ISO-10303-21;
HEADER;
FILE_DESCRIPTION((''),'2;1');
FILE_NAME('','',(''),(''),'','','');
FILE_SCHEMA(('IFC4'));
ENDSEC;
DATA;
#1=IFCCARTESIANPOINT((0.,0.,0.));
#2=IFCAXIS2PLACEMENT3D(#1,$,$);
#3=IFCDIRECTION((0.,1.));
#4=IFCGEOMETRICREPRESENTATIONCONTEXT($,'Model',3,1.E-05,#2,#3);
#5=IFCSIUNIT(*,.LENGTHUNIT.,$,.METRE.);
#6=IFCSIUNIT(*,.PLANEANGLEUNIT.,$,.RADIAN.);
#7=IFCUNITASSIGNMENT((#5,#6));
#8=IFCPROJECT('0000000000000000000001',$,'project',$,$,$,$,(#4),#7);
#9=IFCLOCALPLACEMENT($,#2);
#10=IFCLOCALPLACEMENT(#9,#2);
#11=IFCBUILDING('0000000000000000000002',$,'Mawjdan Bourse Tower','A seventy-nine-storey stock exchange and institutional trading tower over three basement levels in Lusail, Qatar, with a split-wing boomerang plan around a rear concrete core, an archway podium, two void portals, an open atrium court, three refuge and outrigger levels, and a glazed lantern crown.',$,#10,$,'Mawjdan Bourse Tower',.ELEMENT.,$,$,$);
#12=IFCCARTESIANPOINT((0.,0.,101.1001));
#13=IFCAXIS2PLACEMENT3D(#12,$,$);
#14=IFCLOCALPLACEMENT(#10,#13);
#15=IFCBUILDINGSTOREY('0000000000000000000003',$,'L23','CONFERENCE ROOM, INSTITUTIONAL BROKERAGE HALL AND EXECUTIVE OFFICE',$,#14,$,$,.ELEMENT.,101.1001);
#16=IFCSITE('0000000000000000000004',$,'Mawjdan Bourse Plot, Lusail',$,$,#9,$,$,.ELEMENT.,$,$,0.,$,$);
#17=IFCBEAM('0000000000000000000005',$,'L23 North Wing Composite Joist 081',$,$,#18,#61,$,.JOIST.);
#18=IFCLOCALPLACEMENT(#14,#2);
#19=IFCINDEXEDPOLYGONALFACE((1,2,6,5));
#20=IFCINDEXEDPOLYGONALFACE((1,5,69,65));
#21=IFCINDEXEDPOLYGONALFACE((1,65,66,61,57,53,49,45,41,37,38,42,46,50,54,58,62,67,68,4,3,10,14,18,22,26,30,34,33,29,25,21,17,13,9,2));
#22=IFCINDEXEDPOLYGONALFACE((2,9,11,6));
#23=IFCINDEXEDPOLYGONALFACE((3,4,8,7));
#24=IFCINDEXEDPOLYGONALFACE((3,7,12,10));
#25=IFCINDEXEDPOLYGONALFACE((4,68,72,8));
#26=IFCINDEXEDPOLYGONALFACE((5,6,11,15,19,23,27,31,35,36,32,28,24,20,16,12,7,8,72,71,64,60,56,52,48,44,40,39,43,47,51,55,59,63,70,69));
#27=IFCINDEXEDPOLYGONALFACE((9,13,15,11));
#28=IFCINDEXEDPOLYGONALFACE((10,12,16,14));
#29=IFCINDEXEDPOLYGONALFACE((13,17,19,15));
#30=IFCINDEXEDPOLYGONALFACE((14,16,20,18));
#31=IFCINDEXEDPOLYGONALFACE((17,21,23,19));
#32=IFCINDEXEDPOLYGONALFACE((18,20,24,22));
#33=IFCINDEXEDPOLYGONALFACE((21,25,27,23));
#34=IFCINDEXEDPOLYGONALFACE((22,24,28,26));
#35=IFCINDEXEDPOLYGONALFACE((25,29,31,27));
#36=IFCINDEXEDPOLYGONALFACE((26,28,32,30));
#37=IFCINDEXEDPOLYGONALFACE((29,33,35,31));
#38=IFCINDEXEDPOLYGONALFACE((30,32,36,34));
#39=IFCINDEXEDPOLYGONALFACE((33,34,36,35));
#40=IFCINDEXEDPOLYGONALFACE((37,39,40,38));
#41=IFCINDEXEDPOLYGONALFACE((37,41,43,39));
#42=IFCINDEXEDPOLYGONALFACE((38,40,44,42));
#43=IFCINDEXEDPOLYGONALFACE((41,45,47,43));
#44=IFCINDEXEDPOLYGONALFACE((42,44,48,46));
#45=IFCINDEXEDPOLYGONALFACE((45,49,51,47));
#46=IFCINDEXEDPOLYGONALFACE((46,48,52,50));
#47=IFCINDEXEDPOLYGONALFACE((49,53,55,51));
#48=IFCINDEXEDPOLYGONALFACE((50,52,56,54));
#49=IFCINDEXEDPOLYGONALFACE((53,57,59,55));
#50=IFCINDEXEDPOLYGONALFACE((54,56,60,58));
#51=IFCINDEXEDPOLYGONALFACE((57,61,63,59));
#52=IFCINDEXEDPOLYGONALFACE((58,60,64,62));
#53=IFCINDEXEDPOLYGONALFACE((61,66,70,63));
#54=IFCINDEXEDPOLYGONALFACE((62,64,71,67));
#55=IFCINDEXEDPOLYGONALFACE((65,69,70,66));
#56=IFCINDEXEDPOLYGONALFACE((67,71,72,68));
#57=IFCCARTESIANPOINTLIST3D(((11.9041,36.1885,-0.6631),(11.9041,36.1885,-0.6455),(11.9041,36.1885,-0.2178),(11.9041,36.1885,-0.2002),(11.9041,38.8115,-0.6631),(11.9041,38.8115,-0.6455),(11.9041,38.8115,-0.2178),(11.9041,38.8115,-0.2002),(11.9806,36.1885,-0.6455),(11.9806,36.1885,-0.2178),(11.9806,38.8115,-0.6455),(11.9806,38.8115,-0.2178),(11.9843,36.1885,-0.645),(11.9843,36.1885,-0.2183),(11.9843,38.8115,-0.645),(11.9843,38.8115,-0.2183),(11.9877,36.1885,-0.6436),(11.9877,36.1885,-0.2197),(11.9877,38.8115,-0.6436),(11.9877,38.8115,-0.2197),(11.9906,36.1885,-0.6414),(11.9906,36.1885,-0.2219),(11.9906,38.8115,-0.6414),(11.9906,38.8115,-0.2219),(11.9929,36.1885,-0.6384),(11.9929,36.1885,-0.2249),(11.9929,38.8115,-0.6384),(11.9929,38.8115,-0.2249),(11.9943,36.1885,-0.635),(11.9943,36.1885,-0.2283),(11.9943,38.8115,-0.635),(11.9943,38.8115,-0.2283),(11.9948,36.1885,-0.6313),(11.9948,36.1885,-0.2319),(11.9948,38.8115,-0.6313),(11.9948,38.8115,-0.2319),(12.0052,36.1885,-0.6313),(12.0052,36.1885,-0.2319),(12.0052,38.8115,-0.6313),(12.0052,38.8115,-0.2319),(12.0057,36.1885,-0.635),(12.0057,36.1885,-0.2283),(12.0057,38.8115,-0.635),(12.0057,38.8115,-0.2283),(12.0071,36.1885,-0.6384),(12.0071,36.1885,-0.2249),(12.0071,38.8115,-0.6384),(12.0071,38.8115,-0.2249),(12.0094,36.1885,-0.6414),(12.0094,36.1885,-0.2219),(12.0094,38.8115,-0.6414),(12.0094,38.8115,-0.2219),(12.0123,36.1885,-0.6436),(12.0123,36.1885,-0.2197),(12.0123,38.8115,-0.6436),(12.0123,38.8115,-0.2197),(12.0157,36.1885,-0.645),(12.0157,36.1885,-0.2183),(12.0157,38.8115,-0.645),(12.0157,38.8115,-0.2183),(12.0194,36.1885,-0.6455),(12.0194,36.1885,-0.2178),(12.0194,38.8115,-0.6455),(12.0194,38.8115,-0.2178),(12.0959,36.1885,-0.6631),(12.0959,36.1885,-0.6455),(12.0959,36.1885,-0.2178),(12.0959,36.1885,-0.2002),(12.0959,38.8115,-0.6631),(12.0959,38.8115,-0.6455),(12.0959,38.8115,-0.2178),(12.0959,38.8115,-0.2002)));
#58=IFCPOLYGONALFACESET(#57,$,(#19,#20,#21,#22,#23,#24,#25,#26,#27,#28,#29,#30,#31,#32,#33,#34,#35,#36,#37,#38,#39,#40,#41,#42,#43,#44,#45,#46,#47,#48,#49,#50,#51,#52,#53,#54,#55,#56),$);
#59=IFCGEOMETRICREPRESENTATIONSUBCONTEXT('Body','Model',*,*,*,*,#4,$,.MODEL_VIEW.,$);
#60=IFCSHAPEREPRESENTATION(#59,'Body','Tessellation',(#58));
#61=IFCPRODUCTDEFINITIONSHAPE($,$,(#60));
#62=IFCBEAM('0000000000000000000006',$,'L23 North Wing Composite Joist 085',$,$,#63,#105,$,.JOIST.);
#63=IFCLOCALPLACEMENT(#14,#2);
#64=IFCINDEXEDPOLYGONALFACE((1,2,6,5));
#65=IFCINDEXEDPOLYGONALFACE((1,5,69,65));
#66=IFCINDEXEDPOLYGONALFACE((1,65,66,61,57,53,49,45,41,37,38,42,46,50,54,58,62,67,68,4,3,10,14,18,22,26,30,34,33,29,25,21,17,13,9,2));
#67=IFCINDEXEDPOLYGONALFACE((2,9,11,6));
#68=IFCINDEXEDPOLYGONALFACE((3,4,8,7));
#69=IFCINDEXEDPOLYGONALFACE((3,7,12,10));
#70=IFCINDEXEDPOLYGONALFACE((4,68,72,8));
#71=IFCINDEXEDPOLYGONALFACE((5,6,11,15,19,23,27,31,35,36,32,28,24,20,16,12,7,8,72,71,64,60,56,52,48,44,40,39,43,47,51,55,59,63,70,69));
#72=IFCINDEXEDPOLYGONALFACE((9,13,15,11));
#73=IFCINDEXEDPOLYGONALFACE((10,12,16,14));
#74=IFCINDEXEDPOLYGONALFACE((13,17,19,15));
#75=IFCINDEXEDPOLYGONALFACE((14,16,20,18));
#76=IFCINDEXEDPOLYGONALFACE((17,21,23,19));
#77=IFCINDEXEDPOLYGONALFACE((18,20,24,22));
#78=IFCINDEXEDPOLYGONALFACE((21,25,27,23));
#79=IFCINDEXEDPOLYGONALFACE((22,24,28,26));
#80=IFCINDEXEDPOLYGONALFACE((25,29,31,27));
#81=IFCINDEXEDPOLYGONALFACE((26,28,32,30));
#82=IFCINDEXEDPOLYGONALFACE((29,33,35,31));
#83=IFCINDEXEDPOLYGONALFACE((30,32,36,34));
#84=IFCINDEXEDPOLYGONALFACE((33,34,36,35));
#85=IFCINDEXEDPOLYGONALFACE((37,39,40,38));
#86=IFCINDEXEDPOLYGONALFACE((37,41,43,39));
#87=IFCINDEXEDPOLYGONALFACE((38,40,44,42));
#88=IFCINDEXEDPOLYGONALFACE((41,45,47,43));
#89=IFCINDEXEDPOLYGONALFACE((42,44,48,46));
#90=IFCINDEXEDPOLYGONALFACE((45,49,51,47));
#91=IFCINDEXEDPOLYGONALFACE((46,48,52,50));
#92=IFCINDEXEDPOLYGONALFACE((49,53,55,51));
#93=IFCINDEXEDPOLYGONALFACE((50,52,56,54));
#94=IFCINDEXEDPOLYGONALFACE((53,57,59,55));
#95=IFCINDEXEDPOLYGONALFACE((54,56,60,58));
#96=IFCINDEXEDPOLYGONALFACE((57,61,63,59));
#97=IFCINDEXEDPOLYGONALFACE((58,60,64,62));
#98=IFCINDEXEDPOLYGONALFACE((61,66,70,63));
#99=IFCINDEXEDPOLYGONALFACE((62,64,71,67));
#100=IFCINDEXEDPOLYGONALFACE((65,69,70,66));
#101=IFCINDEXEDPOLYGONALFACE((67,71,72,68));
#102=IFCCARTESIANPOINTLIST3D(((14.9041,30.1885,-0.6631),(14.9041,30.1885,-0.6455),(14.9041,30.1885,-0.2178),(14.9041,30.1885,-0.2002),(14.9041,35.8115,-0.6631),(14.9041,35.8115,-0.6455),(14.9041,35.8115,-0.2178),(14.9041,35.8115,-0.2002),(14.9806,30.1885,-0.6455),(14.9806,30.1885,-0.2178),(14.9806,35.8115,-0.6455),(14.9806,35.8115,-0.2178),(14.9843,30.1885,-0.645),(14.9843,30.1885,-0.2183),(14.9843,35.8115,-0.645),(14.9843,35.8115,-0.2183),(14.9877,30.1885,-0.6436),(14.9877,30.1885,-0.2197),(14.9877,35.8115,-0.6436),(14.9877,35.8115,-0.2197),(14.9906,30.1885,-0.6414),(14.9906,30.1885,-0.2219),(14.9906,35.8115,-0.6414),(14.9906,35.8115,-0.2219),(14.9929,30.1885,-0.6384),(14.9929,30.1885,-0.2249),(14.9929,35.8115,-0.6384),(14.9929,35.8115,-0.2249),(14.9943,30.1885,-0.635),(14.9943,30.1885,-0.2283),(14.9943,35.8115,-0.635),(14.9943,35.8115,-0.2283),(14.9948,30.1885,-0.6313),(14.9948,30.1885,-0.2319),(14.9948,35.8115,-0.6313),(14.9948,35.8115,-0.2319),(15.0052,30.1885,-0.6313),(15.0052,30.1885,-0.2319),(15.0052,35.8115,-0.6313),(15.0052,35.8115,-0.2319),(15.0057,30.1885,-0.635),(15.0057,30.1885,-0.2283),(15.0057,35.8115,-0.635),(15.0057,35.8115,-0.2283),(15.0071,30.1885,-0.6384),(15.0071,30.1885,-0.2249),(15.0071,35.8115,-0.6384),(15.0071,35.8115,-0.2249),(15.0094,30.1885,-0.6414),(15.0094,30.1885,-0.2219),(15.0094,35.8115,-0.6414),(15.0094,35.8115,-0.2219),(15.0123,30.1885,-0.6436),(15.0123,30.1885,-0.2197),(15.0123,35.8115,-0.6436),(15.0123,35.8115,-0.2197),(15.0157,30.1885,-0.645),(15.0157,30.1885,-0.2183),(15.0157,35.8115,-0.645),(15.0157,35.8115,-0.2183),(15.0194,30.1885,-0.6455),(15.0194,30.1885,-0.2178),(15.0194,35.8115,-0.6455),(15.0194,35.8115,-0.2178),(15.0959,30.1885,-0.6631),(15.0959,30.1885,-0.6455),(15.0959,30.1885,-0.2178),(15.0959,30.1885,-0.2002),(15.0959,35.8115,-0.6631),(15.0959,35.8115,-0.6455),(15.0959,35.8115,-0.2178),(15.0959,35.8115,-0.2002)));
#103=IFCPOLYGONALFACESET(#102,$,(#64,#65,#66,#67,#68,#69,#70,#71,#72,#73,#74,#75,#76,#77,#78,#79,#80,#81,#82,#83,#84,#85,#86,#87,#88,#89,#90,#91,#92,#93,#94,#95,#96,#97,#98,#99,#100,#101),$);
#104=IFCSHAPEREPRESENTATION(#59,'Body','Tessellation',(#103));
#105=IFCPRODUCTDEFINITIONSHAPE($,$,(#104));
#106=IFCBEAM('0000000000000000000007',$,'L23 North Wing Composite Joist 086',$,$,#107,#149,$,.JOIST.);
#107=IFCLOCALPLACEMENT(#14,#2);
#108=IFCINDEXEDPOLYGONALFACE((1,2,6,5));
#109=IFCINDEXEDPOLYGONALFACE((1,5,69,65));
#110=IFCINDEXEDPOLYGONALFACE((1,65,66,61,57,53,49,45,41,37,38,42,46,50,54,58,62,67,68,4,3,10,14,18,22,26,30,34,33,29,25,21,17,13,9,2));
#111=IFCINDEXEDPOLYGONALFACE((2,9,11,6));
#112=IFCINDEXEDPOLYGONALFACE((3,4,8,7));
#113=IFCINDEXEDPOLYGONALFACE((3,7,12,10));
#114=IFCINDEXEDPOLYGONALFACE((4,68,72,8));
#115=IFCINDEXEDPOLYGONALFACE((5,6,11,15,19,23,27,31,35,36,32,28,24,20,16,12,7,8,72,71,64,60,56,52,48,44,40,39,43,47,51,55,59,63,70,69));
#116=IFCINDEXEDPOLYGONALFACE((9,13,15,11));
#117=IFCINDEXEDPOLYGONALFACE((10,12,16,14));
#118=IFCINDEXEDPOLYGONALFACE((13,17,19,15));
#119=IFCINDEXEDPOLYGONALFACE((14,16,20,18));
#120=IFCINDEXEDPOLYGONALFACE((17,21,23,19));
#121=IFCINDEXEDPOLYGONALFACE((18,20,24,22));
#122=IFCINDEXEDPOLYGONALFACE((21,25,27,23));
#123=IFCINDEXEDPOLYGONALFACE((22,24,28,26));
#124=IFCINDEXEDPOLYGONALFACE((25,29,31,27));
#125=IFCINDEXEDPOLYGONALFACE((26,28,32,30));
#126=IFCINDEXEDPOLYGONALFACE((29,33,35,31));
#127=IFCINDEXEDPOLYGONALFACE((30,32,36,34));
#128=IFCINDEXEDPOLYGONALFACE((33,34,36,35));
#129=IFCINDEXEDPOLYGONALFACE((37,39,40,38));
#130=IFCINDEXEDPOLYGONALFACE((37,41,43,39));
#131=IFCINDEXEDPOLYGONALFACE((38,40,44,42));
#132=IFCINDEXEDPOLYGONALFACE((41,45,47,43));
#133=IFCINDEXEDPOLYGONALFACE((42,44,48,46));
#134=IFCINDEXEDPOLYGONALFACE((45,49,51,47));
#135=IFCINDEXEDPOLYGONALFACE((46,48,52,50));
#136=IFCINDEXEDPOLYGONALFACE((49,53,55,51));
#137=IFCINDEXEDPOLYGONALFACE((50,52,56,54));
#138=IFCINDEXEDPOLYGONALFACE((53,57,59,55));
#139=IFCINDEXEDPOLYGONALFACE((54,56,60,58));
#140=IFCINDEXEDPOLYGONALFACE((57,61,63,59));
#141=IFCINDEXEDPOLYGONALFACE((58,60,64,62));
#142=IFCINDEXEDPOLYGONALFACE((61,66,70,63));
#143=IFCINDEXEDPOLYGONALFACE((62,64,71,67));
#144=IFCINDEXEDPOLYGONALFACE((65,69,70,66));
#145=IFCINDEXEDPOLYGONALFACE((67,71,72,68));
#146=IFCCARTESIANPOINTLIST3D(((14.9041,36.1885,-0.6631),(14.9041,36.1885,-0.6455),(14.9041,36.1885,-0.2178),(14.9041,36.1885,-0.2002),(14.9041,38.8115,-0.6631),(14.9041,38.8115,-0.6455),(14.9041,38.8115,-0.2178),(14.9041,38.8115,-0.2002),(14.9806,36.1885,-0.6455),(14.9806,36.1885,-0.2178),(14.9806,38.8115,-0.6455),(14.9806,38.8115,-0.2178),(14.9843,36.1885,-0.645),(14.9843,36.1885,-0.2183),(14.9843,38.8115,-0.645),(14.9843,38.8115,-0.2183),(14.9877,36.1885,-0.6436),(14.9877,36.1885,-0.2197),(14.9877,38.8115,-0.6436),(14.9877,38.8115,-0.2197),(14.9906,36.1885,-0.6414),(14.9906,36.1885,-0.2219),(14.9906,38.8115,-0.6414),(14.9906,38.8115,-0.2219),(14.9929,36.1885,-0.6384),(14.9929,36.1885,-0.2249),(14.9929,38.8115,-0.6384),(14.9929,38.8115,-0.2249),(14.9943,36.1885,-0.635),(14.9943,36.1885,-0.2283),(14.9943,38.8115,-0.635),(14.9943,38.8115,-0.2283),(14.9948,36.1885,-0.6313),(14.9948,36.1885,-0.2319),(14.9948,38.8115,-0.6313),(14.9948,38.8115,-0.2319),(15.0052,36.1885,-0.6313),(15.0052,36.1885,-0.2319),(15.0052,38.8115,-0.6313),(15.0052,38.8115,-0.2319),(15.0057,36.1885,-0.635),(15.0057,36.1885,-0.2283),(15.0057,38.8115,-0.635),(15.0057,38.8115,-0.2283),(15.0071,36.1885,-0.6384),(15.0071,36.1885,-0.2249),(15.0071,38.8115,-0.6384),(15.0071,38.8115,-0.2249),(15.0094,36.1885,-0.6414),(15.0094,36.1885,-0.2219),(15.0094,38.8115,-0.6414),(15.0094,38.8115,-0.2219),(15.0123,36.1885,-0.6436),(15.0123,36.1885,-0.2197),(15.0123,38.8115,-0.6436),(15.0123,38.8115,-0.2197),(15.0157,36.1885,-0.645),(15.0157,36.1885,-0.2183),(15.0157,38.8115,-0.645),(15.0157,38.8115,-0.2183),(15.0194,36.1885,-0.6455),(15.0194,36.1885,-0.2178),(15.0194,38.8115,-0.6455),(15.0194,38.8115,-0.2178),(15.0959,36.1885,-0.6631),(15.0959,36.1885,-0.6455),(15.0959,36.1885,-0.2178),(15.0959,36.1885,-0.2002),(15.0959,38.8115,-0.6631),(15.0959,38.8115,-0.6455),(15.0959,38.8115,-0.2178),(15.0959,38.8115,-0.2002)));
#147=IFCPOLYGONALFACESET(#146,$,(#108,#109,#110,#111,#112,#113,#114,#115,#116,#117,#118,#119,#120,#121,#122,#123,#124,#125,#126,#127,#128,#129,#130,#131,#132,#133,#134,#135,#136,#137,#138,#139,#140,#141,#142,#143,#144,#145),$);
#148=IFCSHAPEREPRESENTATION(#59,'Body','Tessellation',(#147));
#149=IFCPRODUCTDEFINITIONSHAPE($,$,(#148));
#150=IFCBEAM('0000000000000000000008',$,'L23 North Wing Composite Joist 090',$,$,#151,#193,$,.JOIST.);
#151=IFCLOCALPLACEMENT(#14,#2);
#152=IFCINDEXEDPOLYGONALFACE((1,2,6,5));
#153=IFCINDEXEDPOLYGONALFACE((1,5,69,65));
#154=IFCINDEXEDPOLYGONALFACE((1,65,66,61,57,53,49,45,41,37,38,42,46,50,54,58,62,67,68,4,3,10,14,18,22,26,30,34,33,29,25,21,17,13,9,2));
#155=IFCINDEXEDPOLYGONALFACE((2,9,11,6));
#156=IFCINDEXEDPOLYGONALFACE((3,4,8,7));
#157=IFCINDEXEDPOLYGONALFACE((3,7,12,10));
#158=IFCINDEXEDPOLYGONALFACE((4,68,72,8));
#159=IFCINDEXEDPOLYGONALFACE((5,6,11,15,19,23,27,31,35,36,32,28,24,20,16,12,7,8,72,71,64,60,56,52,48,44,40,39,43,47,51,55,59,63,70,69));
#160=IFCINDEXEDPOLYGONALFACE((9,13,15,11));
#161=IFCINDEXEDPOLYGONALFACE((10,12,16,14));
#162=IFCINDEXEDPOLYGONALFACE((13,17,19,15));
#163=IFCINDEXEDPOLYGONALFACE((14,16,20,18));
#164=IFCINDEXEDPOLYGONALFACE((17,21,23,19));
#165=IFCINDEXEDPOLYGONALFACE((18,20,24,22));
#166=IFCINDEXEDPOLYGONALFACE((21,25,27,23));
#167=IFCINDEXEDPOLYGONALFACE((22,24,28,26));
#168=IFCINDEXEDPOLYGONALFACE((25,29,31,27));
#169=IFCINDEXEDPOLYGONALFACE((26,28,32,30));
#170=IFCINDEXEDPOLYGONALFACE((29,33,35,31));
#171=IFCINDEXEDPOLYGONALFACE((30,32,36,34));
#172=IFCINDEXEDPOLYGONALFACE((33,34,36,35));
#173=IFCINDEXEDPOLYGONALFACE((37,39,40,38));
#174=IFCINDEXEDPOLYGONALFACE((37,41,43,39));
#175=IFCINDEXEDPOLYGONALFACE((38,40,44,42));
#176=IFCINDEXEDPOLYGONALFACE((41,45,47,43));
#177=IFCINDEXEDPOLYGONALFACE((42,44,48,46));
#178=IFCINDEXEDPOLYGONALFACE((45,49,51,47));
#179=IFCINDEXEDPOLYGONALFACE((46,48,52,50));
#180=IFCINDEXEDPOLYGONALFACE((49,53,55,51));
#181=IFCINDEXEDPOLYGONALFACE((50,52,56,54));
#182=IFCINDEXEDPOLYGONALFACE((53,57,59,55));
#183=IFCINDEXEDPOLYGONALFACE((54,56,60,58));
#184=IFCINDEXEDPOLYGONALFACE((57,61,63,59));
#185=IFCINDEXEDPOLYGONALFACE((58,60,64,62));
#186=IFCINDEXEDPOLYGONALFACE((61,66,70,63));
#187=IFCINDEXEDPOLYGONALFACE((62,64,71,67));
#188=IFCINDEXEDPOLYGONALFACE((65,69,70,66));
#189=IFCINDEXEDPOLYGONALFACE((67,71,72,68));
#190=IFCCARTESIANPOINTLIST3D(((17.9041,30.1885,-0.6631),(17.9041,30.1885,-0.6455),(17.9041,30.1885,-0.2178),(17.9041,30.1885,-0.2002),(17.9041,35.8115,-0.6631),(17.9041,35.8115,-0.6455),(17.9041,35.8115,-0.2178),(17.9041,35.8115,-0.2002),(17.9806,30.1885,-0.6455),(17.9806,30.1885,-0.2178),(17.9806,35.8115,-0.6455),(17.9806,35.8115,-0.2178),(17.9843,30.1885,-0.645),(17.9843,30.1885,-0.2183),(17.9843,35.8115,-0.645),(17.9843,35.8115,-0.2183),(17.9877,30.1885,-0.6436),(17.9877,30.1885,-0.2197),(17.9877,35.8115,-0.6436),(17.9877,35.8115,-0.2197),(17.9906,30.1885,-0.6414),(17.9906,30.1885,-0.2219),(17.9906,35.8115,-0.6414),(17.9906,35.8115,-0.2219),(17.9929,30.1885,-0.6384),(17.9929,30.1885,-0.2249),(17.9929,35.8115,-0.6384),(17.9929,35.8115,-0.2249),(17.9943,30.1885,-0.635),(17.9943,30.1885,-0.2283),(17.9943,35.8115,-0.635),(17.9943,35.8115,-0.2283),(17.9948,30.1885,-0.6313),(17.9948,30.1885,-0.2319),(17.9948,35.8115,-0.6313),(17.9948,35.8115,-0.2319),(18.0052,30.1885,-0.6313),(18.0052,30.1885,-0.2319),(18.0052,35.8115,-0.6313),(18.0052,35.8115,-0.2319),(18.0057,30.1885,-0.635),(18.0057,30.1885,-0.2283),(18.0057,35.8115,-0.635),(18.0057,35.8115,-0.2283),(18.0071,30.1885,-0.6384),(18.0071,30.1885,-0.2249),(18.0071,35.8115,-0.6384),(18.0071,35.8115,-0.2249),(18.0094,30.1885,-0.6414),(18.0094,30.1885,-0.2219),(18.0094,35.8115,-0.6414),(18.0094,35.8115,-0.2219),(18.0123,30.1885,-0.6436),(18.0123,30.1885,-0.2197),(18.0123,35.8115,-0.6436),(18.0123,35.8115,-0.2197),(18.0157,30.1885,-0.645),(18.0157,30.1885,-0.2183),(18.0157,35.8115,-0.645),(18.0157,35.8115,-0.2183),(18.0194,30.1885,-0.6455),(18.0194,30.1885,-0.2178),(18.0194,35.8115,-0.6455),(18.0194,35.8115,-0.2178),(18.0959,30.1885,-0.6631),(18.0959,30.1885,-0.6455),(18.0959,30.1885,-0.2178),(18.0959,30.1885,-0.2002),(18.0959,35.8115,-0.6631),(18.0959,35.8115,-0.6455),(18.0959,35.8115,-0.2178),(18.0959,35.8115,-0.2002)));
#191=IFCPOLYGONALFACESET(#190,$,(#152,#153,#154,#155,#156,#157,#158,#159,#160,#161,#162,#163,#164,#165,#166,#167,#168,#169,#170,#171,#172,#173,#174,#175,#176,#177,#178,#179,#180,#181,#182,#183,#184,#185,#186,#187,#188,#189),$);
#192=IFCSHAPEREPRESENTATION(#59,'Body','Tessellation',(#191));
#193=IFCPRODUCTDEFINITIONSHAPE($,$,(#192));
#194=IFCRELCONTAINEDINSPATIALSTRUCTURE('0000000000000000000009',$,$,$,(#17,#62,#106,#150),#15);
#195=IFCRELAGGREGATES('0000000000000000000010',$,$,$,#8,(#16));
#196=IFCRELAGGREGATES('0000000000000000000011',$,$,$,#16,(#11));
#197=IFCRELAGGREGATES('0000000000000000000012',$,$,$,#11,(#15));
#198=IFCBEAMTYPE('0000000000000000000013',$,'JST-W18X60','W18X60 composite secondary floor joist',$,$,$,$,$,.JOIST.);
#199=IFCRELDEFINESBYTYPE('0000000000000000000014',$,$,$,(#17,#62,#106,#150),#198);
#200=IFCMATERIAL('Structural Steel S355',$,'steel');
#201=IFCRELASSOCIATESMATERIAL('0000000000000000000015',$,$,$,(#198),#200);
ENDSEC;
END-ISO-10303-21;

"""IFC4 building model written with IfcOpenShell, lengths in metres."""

from ifc_helpers import new_model, si_unit, direction, frame, origin, origin_2d, place, context, subcontext, project, spatial, i_section, extrude, material, material_profile, profile_set, type_object, element, save


model = new_model("IFC4")

# Units and contexts
model_context = context("Model", 3, precision=1e-05, world=origin(), true_north=direction((0.0, 1.0)))
body_context = subcontext(model_context, "Body", "Model", "MODEL_VIEW")
ifc_project = project(units=[si_unit("LENGTHUNIT", "METRE"), si_unit("PLANEANGLEUNIT", "RADIAN")], contexts=[model_context])

# Site, building, storey
site_placement = place(None, origin())
site = spatial("IfcSite", under=ifc_project, at=site_placement, Name="Mawjdan Bourse Plot, Lusail", CompositionType="ELEMENT", RefElevation=0.0)
building_placement = place(site_placement, origin())
building = spatial("IfcBuilding", under=site, at=building_placement, Name="Mawjdan Bourse Tower", Description="A seventy-nine-storey stock exchange and institutional trading tower over three basement levels in Lusail, Qatar, with a split-wing boomerang plan around a rear concrete core, an archway podium, two void portals, an open atrium court, three refuge and outrigger levels, and a glazed lantern crown.", LongName="Mawjdan Bourse Tower", CompositionType="ELEMENT")
storey_placement = place(building_placement, frame((0.0, 0.0, 101.1001)))
storey = spatial("IfcBuildingStorey", under=building, at=storey_placement, Name="L23", Description="CONFERENCE ROOM, INSTITUTIONAL BROKERAGE HALL AND EXECUTIVE OFFICE", CompositionType="ELEMENT", Elevation=101.1001)

# Beams
ifc_material_1 = material(Name="Structural Steel S355", Category="steel")
ifc_material_profile_1 = material_profile(ifc_material_1, i_section(OverallWidth=0.1919, OverallDepth=0.4629, WebThickness=0.0105, FlangeThickness=0.0176, FilletRadius=0.0142, at=origin_2d()), Name="W18X60")
ifc_profile_set_1 = profile_set([ifc_material_profile_1], Name="Structural Steel S355")
beam_type_1 = type_object("IfcBeamType", Name="JST-W18X60", Description="W18X60 composite secondary floor joist", PredefinedType="JOIST", material=ifc_profile_set_1)
beam_1_placement = place(storey_placement, frame((12.0, 36.1885, -0.4316), z_axis=(0.0, 1.0, 0.0), x_axis=(-1.0, 0.0, 0.0)))
element("IfcBeam", 1, at=beam_1_placement, inside=storey, type_object=beam_type_1, Name="L23 North Wing Composite Joist 081", PredefinedType="JOIST", context=body_context, shape_type="SweptSolid", body=[
    extrude(i_section(OverallWidth=0.1919, OverallDepth=0.4629, WebThickness=0.0105, FlangeThickness=0.0176, FilletRadius=0.0142, at=origin_2d()), origin(), (0.0, 0.0, 1.0), 2.623),
])
beam_2_placement = place(storey_placement, frame((15.0, 30.1885, -0.4316), z_axis=(0.0, 1.0, 0.0), x_axis=(-1.0, 0.0, 0.0)))
element("IfcBeam", 2, at=beam_2_placement, inside=storey, type_object=beam_type_1, Name="L23 North Wing Composite Joist 085", PredefinedType="JOIST", context=body_context, shape_type="SweptSolid", body=[
    extrude(i_section(OverallWidth=0.1919, OverallDepth=0.4629, WebThickness=0.0105, FlangeThickness=0.0176, FilletRadius=0.0142, at=origin_2d()), origin(), (0.0, 0.0, 1.0), 5.623),
])
beam_3_placement = place(storey_placement, frame((15.0, 36.1885, -0.4316), z_axis=(0.0, 1.0, 0.0), x_axis=(-1.0, 0.0, 0.0)))
element("IfcBeam", 3, at=beam_3_placement, inside=storey, type_object=beam_type_1, Name="L23 North Wing Composite Joist 086", PredefinedType="JOIST", context=body_context, shape_type="SweptSolid", body=[
    extrude(i_section(OverallWidth=0.1919, OverallDepth=0.4629, WebThickness=0.0105, FlangeThickness=0.0176, FilletRadius=0.0142, at=origin_2d()), origin(), (0.0, 0.0, 1.0), 2.623),
])
beam_4_placement = place(storey_placement, frame((18.0, 30.1885, -0.4316), z_axis=(0.0, 1.0, 0.0), x_axis=(-1.0, 0.0, 0.0)))
element("IfcBeam", 4, at=beam_4_placement, inside=storey, type_object=beam_type_1, Name="L23 North Wing Composite Joist 090", PredefinedType="JOIST", context=body_context, shape_type="SweptSolid", body=[
    extrude(i_section(OverallWidth=0.1919, OverallDepth=0.4629, WebThickness=0.0105, FlangeThickness=0.0176, FilletRadius=0.0142, at=origin_2d()), origin(), (0.0, 0.0, 1.0), 5.623),
])

save(model, "model.ifc")
